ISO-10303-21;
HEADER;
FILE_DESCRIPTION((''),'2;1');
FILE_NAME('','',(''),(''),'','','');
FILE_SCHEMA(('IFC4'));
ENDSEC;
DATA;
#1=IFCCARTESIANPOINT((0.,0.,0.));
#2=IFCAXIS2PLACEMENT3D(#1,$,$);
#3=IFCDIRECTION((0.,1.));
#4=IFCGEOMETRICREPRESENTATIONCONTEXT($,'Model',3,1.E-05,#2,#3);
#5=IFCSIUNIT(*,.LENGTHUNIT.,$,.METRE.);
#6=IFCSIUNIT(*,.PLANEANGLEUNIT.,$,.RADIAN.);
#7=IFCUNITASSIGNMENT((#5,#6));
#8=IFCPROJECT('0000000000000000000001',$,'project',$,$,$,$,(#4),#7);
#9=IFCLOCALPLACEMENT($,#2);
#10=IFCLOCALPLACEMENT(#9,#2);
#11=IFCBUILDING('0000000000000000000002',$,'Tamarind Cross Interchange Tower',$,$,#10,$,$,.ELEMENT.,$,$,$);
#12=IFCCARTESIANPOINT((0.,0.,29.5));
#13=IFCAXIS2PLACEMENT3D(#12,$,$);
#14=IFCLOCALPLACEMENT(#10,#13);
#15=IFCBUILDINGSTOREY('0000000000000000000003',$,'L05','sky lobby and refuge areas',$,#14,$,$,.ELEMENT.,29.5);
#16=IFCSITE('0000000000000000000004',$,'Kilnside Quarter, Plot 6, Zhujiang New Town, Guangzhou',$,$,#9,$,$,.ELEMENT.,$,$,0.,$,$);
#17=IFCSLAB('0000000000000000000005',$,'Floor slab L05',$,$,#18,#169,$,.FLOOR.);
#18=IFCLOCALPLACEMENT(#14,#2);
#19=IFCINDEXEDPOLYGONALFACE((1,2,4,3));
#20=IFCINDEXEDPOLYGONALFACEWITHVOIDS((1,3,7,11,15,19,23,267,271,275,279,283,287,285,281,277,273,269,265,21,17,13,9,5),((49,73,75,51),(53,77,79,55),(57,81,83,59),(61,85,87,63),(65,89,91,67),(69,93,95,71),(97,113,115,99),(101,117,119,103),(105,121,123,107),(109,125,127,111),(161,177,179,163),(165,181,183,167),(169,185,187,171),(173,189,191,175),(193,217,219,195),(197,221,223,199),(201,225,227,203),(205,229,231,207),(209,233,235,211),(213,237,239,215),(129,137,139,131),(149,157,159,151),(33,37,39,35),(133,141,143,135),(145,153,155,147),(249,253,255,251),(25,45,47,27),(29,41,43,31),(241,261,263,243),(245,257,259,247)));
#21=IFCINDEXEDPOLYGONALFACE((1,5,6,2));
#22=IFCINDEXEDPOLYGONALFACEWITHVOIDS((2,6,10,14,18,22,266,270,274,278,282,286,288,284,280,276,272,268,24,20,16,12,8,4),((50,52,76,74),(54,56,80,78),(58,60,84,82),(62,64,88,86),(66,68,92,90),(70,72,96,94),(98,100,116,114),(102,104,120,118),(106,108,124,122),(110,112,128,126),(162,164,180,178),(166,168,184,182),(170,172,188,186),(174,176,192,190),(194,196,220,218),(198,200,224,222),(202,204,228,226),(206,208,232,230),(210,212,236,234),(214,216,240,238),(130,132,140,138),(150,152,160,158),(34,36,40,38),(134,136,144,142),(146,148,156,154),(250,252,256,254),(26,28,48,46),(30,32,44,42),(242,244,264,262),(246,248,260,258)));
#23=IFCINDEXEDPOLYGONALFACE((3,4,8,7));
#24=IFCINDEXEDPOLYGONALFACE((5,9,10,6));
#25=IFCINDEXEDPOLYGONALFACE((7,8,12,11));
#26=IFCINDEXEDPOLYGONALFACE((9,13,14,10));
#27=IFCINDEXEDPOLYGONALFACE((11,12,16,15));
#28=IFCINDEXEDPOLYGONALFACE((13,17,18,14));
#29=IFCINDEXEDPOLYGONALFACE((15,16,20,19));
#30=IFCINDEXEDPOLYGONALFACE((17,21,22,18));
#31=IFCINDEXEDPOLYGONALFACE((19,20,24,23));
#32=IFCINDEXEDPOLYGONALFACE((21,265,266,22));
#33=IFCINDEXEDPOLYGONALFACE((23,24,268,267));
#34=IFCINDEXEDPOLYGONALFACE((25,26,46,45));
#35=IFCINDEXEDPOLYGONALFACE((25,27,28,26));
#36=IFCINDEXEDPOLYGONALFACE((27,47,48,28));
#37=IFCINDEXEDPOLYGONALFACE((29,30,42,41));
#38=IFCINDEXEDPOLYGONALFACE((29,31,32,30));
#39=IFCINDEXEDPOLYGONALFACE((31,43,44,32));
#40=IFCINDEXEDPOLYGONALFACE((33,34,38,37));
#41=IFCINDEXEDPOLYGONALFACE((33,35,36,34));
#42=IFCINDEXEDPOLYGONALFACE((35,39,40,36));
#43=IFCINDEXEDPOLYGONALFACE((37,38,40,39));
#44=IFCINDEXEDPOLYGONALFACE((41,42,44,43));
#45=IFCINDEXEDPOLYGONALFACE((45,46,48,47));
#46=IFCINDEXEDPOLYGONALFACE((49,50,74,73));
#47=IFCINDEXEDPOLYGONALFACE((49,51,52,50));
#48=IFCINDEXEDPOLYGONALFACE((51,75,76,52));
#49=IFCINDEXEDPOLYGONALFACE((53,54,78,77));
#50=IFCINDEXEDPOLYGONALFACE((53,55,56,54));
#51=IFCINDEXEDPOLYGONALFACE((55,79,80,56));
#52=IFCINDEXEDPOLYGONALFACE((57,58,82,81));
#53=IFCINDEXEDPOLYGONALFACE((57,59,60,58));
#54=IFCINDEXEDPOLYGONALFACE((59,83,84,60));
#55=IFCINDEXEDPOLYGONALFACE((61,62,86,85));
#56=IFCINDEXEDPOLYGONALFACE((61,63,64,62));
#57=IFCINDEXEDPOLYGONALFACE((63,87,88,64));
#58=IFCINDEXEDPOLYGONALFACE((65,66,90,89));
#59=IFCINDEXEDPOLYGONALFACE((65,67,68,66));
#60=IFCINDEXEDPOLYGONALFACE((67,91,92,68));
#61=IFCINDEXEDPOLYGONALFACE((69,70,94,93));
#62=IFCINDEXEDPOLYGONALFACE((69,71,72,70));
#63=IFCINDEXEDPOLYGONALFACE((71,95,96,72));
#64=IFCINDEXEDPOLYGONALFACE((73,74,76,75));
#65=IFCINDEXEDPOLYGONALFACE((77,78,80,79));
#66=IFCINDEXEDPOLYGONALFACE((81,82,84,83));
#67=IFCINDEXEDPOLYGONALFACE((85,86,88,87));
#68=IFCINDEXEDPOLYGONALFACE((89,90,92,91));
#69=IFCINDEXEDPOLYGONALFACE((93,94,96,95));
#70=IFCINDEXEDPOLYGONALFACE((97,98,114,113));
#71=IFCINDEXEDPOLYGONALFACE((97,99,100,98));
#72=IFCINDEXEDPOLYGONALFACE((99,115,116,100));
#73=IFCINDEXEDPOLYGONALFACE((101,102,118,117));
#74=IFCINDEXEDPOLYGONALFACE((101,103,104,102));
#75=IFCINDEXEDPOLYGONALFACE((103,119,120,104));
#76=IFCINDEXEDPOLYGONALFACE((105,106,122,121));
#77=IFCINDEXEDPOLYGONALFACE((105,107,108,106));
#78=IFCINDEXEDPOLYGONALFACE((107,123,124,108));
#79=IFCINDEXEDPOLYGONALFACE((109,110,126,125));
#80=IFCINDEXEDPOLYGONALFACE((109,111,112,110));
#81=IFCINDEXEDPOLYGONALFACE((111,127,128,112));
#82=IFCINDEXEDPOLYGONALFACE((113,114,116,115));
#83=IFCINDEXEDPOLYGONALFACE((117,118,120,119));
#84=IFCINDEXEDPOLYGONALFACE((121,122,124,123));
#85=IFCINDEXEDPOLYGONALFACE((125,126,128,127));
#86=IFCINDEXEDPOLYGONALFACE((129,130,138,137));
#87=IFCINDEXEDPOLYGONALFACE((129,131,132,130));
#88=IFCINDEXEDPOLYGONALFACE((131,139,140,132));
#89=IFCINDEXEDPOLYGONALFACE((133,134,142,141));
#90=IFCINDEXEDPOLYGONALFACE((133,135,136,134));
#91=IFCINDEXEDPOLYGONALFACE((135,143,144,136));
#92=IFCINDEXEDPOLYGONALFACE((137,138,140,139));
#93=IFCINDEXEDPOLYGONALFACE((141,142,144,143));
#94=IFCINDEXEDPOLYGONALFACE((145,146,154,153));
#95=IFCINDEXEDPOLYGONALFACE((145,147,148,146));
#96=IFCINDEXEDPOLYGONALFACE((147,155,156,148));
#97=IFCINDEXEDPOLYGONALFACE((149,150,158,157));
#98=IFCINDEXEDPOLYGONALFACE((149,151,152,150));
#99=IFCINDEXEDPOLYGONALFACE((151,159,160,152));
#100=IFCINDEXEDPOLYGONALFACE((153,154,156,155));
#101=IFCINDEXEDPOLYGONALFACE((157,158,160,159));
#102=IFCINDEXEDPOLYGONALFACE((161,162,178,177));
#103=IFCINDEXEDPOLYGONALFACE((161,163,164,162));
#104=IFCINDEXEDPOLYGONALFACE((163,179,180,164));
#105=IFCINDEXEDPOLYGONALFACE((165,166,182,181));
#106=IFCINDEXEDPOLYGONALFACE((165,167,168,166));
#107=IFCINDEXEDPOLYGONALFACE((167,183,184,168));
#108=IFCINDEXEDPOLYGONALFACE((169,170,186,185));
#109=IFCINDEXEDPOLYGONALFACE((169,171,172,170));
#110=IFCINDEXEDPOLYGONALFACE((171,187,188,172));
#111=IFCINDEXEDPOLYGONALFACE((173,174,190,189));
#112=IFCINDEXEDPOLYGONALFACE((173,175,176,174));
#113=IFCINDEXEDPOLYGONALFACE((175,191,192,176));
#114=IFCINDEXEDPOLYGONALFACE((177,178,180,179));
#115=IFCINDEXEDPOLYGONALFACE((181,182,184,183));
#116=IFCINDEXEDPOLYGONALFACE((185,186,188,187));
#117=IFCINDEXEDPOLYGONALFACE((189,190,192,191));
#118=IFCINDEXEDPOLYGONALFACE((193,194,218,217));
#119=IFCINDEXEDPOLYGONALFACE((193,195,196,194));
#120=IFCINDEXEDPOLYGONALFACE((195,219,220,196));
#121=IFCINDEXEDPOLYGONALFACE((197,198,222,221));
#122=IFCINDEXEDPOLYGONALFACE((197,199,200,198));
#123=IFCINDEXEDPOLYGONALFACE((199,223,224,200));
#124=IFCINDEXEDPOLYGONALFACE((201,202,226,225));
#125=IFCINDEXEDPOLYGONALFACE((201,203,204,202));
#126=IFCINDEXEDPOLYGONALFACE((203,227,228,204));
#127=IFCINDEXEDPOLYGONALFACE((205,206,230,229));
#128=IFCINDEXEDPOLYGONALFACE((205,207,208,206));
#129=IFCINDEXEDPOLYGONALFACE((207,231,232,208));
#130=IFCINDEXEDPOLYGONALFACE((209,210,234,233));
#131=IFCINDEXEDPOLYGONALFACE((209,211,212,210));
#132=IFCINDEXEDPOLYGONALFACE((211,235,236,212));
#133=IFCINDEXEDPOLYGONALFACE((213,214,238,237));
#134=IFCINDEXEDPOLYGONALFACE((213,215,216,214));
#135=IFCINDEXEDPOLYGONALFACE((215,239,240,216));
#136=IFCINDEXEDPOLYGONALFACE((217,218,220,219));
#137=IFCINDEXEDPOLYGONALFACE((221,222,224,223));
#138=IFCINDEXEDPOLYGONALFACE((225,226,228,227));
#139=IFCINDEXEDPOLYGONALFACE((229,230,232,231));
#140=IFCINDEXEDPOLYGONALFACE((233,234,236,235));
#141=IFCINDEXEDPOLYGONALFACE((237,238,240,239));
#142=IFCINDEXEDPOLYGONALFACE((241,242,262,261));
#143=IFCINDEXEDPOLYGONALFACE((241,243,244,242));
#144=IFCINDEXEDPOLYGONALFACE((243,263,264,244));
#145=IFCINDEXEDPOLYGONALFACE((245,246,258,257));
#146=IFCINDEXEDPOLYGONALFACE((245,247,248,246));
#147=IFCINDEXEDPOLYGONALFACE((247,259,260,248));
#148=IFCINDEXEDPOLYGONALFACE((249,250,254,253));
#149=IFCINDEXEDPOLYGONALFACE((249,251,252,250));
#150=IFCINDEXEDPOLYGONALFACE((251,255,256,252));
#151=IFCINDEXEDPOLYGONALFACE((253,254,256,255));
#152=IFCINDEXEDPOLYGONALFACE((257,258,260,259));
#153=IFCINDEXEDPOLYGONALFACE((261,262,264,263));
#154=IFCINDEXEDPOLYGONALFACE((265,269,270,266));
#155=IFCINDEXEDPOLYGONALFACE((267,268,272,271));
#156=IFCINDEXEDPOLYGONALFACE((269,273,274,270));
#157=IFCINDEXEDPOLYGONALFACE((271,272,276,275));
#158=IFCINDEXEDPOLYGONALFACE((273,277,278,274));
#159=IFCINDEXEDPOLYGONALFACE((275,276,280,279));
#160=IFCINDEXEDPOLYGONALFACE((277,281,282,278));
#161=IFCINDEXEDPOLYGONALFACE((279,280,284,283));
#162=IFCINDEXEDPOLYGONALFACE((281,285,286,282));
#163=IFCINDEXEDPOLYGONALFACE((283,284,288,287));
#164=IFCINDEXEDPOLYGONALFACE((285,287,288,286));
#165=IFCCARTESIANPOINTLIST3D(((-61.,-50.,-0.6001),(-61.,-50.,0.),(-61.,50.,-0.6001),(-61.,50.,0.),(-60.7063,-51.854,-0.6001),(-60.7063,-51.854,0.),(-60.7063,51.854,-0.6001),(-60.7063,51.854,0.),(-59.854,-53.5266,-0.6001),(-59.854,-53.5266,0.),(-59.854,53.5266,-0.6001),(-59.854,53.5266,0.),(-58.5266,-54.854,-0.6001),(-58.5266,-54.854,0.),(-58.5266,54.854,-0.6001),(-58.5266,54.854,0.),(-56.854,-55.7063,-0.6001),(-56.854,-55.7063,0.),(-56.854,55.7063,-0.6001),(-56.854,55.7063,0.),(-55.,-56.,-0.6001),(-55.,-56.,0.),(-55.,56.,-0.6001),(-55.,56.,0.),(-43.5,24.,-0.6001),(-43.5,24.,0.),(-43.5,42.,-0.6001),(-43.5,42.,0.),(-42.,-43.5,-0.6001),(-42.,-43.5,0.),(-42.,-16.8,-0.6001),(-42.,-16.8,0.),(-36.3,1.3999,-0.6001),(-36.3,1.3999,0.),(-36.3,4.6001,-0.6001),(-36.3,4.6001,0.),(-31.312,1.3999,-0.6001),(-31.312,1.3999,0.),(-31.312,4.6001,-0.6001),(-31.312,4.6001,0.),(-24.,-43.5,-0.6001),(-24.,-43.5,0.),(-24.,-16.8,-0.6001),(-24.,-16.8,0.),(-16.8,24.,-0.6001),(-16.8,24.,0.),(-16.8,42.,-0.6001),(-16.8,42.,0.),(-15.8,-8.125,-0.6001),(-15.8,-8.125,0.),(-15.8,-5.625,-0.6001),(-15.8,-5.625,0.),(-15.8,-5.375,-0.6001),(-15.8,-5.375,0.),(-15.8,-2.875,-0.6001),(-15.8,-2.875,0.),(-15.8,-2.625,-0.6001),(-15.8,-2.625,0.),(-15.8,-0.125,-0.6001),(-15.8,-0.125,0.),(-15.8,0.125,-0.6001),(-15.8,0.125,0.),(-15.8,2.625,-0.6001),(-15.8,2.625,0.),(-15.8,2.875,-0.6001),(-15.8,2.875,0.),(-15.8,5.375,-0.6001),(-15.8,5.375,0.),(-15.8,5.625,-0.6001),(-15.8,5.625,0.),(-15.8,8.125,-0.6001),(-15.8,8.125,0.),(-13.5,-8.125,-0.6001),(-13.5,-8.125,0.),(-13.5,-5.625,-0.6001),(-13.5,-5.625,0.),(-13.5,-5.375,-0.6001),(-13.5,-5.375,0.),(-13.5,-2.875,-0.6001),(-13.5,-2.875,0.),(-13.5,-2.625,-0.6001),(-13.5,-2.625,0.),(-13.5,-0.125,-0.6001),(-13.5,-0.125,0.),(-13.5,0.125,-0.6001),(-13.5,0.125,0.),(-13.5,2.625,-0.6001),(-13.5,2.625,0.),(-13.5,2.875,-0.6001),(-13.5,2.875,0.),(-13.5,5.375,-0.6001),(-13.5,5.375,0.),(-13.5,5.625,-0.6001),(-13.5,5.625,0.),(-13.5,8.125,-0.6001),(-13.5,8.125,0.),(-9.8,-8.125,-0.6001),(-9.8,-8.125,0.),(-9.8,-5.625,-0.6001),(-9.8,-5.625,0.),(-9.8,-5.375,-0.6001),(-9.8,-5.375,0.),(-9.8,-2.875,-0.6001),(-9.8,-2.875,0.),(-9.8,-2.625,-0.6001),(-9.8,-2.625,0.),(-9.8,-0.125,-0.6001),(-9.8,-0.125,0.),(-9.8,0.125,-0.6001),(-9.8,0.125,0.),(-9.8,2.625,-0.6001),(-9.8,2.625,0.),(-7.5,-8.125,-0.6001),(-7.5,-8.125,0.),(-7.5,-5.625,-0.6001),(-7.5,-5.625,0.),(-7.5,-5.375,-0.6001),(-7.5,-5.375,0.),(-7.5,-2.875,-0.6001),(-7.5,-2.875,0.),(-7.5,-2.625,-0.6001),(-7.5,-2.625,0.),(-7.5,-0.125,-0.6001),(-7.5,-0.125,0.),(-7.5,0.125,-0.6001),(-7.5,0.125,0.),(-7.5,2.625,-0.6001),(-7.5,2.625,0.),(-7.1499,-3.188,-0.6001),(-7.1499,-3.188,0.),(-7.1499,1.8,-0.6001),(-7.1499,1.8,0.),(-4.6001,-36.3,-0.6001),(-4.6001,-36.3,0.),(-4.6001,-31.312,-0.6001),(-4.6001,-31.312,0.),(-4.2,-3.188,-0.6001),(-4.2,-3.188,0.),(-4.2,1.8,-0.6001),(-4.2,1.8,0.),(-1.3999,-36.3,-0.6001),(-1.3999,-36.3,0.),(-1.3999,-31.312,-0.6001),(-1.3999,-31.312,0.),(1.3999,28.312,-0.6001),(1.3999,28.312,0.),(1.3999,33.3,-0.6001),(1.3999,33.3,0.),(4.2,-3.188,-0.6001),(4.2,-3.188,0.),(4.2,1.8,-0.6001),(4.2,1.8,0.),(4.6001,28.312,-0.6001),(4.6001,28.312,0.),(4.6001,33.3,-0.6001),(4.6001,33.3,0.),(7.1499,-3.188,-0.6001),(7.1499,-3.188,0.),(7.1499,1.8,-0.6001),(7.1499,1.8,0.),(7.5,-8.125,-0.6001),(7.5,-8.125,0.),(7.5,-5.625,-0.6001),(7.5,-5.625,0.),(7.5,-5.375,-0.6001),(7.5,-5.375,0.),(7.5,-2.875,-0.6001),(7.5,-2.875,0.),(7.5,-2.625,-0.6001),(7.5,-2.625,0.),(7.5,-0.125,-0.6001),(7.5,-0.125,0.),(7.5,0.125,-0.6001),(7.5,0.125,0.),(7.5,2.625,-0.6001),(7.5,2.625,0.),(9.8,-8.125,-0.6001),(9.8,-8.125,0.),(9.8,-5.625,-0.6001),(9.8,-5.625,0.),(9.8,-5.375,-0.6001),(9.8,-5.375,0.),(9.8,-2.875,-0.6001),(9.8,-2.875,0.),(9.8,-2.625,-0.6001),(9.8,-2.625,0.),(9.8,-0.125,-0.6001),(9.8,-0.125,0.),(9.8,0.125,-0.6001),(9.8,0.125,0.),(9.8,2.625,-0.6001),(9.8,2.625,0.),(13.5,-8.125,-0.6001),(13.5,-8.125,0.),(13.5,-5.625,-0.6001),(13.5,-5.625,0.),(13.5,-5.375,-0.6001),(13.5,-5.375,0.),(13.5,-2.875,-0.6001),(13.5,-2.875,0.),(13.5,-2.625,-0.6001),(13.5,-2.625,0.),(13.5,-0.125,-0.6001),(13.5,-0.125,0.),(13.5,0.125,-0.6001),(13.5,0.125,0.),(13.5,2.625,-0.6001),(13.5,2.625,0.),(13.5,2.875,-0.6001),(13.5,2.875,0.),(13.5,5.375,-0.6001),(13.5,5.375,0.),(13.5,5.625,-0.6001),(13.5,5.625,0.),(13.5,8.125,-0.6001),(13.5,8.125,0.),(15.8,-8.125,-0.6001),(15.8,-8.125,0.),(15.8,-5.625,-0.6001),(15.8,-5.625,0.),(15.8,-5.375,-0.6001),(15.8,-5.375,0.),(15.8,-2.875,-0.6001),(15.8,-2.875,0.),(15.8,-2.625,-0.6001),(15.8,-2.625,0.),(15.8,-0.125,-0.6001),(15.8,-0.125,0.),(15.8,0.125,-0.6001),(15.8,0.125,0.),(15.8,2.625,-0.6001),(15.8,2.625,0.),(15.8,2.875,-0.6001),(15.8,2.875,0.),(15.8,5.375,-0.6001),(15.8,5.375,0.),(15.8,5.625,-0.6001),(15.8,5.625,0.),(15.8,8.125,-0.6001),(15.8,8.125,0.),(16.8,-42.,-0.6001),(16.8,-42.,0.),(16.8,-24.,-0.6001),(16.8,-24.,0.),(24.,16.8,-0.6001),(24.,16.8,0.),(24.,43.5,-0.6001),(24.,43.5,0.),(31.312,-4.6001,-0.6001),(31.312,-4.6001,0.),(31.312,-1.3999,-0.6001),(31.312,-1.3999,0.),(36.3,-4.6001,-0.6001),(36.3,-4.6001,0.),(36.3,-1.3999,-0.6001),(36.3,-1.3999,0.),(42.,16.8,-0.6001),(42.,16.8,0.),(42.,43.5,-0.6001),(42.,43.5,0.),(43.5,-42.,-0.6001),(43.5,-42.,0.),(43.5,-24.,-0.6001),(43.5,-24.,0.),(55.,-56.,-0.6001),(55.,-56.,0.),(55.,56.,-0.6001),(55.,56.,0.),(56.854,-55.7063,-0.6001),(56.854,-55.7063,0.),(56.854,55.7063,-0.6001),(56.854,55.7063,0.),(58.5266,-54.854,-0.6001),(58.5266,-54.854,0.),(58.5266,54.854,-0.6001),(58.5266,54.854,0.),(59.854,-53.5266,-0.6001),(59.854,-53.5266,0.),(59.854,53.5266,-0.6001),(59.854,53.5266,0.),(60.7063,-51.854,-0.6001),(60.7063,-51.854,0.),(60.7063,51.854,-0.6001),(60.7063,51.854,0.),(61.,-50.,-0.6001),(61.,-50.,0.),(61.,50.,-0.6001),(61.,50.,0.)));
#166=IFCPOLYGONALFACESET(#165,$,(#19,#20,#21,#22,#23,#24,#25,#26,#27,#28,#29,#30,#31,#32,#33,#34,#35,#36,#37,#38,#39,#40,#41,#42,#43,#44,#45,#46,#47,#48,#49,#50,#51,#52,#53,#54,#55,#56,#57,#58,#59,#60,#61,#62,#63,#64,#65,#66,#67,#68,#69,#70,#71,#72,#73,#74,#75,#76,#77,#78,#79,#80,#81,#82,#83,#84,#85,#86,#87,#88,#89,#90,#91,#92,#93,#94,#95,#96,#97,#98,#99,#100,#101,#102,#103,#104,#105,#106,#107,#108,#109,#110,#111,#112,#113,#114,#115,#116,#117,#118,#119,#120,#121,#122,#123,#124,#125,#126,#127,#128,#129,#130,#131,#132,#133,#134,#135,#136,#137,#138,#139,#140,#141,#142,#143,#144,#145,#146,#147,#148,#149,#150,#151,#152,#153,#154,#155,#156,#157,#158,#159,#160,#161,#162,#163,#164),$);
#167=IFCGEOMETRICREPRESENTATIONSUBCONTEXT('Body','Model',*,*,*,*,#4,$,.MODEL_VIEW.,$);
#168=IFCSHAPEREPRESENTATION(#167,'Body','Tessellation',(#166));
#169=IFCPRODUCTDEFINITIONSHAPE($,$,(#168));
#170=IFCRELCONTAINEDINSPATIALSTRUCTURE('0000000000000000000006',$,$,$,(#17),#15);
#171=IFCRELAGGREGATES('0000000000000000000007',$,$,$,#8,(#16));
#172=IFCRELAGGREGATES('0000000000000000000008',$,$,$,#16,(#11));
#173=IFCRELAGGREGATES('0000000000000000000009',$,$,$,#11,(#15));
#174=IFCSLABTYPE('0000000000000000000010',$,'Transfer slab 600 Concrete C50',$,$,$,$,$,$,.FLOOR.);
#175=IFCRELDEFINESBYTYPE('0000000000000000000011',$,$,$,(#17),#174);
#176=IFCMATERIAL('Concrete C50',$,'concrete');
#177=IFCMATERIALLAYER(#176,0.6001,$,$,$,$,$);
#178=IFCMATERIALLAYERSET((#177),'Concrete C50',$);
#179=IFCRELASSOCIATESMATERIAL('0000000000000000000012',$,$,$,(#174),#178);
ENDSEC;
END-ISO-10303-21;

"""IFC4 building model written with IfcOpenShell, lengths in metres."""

from ifc_helpers import new_model, si_unit, direction, frame, origin, place, context, subcontext, project, spatial, polyline, outline, extrude, material, layer, layer_set, type_object, element, save


model = new_model("IFC4")

# Units and contexts
model_context = context("Model", 3, precision=1e-05, world=origin(), true_north=direction((0.0, 1.0)))
body_context = subcontext(model_context, "Body", "Model", "MODEL_VIEW")
ifc_project = project(units=[si_unit("LENGTHUNIT", "METRE"), si_unit("PLANEANGLEUNIT", "RADIAN")], contexts=[model_context])

# Site, building, storey
site_placement = place(None, origin())
site = spatial("IfcSite", under=ifc_project, at=site_placement, Name="Kilnside Quarter, Plot 6, Zhujiang New Town, Guangzhou", CompositionType="ELEMENT", RefElevation=0.0)
building_placement = place(site_placement, origin())
building = spatial("IfcBuilding", under=site, at=building_placement, Name="Tamarind Cross Interchange Tower", CompositionType="ELEMENT")
storey_placement = place(building_placement, frame((0.0, 0.0, 29.5)))
storey = spatial("IfcBuildingStorey", under=building, at=storey_placement, Name="L05", Description="sky lobby and refuge areas", CompositionType="ELEMENT", Elevation=29.5)

# Slab
ifc_material_1 = material(Name="Concrete C50", Category="concrete")
ifc_layer_1 = layer(ifc_material_1, 0.6001)
ifc_layer_set_1 = layer_set([ifc_layer_1], Name="Concrete C50")
slab_type = type_object("IfcSlabType", Name="Transfer slab 600 Concrete C50", PredefinedType="FLOOR", material=ifc_layer_set_1)
slab_placement = place(storey_placement, frame((0.0, 0.0, -0.6001)))
element("IfcSlab", 1, at=slab_placement, inside=storey, type_object=slab_type, Name="Floor slab L05", PredefinedType="FLOOR", context=body_context, shape_type="SweptSolid", body=[
    extrude(outline(polyline([(-56.854, -55.7063), (-55.0, -56.0), (55.0, -56.0), (56.854, -55.7063), (58.5266, -54.854), (59.854, -53.5266), (60.7063, -51.854), (61.0, -50.0), (61.0, 50.0), (60.7063, 51.854), (59.854, 53.5266), (58.5266, 54.854), (56.854, 55.7063), (55.0, 56.0), (-55.0, 56.0), (-56.854, 55.7063), (-58.5266, 54.854), (-59.854, 53.5266), (-60.7063, 51.854), (-61.0, 50.0), (-61.0, -50.0), (-60.7063, -51.854), (-59.854, -53.5266), (-58.5266, -54.854), (-56.854, -55.7063)]), holes=[polyline([(-4.6001, -31.312), (-1.3999, -31.312), (-1.3999, -36.3), (-4.6001, -36.3), (-4.6001, -31.312)]), polyline([(-42.0, -43.5), (-42.0, -16.8), (-24.0, -16.8), (-24.0, -43.5), (-42.0, -43.5)]), polyline([(-13.5, -8.125), (-15.8, -8.125), (-15.8, -5.625), (-13.5, -5.625), (-13.5, -8.125)]), polyline([(-7.5, -8.125), (-9.8, -8.125), (-9.8, -5.625), (-7.5, -5.625), (-7.5, -8.125)]), polyline([(-13.5, -5.375), (-15.8, -5.375), (-15.8, -2.875), (-13.5, -2.875), (-13.5, -5.375)]), polyline([(-7.5, -5.375), (-9.8, -5.375), (-9.8, -2.875), (-7.5, -2.875), (-7.5, -5.375)]), polyline([(-13.5, -2.625), (-15.8, -2.625), (-15.8, -0.125), (-13.5, -0.125), (-13.5, -2.625)]), polyline([(-7.5, -2.625), (-9.8, -2.625), (-9.8, -0.125), (-7.5, -0.125), (-7.5, -2.625)]), polyline([(-4.2, 1.8), (-4.2, -3.188), (-7.1499, -3.188), (-7.1499, 1.8), (-4.2, 1.8)]), polyline([(-13.5, 0.125), (-15.8, 0.125), (-15.8, 2.625), (-13.5, 2.625), (-13.5, 0.125)]), polyline([(-7.5, 0.125), (-9.8, 0.125), (-9.8, 2.625), (-7.5, 2.625), (-7.5, 0.125)]), polyline([(-31.312, 1.3999), (-36.3, 1.3999), (-36.3, 4.6001), (-31.312, 4.6001), (-31.312, 1.3999)]), polyline([(-13.5, 2.875), (-15.8, 2.875), (-15.8, 5.375), (-13.5, 5.375), (-13.5, 2.875)]), polyline([(-13.5, 5.625), (-15.8, 5.625), (-15.8, 8.125), (-13.5, 8.125), (-13.5, 5.625)]), polyline([(-43.5, 24.0), (-43.5, 42.0), (-16.8, 42.0), (-16.8, 24.0), (-43.5, 24.0)]), polyline([(43.5, -42.0), (16.8, -42.0), (16.8, -24.0), (43.5, -24.0), (43.5, -42.0)]), polyline([(7.5, -5.625), (9.8, -5.625), (9.8, -8.125), (7.5, -8.125), (7.5, -5.625)]), polyline([(13.5, -5.625), (15.8, -5.625), (15.8, -8.125), (13.5, -8.125), (13.5, -5.625)]), polyline([(7.5, -2.875), (9.8, -2.875), (9.8, -5.375), (7.5, -5.375), (7.5, -2.875)]), polyline([(13.5, -2.875), (15.8, -2.875), (15.8, -5.375), (13.5, -5.375), (13.5, -2.875)]), polyline([(31.312, -1.3999), (36.3, -1.3999), (36.3, -4.6001), (31.312, -4.6001), (31.312, -1.3999)]), polyline([(7.5, -0.125), (9.8, -0.125), (9.8, -2.625), (7.5, -2.625), (7.5, -0.125)]), polyline([(13.5, -0.125), (15.8, -0.125), (15.8, -2.625), (13.5, -2.625), (13.5, -0.125)]), polyline([(7.1499, 1.8), (7.1499, -3.188), (4.2, -3.188), (4.2, 1.8), (7.1499, 1.8)]), polyline([(7.5, 2.625), (9.8, 2.625), (9.8, 0.125), (7.5, 0.125), (7.5, 2.625)]), polyline([(13.5, 2.625), (15.8, 2.625), (15.8, 0.125), (13.5, 0.125), (13.5, 2.625)]), polyline([(13.5, 5.375), (15.8, 5.375), (15.8, 2.875), (13.5, 2.875), (13.5, 5.375)]), polyline([(13.5, 8.125), (15.8, 8.125), (15.8, 5.625), (13.5, 5.625), (13.5, 8.125)]), polyline([(24.0, 16.8), (24.0, 43.5), (42.0, 43.5), (42.0, 16.8), (24.0, 16.8)]), polyline([(1.3999, 28.312), (1.3999, 33.3), (4.6001, 33.3), (4.6001, 28.312), (1.3999, 28.312)])]), origin(), (0.0, 0.0, 1.0), 0.6001),
])

save(model, "model.ifc")
